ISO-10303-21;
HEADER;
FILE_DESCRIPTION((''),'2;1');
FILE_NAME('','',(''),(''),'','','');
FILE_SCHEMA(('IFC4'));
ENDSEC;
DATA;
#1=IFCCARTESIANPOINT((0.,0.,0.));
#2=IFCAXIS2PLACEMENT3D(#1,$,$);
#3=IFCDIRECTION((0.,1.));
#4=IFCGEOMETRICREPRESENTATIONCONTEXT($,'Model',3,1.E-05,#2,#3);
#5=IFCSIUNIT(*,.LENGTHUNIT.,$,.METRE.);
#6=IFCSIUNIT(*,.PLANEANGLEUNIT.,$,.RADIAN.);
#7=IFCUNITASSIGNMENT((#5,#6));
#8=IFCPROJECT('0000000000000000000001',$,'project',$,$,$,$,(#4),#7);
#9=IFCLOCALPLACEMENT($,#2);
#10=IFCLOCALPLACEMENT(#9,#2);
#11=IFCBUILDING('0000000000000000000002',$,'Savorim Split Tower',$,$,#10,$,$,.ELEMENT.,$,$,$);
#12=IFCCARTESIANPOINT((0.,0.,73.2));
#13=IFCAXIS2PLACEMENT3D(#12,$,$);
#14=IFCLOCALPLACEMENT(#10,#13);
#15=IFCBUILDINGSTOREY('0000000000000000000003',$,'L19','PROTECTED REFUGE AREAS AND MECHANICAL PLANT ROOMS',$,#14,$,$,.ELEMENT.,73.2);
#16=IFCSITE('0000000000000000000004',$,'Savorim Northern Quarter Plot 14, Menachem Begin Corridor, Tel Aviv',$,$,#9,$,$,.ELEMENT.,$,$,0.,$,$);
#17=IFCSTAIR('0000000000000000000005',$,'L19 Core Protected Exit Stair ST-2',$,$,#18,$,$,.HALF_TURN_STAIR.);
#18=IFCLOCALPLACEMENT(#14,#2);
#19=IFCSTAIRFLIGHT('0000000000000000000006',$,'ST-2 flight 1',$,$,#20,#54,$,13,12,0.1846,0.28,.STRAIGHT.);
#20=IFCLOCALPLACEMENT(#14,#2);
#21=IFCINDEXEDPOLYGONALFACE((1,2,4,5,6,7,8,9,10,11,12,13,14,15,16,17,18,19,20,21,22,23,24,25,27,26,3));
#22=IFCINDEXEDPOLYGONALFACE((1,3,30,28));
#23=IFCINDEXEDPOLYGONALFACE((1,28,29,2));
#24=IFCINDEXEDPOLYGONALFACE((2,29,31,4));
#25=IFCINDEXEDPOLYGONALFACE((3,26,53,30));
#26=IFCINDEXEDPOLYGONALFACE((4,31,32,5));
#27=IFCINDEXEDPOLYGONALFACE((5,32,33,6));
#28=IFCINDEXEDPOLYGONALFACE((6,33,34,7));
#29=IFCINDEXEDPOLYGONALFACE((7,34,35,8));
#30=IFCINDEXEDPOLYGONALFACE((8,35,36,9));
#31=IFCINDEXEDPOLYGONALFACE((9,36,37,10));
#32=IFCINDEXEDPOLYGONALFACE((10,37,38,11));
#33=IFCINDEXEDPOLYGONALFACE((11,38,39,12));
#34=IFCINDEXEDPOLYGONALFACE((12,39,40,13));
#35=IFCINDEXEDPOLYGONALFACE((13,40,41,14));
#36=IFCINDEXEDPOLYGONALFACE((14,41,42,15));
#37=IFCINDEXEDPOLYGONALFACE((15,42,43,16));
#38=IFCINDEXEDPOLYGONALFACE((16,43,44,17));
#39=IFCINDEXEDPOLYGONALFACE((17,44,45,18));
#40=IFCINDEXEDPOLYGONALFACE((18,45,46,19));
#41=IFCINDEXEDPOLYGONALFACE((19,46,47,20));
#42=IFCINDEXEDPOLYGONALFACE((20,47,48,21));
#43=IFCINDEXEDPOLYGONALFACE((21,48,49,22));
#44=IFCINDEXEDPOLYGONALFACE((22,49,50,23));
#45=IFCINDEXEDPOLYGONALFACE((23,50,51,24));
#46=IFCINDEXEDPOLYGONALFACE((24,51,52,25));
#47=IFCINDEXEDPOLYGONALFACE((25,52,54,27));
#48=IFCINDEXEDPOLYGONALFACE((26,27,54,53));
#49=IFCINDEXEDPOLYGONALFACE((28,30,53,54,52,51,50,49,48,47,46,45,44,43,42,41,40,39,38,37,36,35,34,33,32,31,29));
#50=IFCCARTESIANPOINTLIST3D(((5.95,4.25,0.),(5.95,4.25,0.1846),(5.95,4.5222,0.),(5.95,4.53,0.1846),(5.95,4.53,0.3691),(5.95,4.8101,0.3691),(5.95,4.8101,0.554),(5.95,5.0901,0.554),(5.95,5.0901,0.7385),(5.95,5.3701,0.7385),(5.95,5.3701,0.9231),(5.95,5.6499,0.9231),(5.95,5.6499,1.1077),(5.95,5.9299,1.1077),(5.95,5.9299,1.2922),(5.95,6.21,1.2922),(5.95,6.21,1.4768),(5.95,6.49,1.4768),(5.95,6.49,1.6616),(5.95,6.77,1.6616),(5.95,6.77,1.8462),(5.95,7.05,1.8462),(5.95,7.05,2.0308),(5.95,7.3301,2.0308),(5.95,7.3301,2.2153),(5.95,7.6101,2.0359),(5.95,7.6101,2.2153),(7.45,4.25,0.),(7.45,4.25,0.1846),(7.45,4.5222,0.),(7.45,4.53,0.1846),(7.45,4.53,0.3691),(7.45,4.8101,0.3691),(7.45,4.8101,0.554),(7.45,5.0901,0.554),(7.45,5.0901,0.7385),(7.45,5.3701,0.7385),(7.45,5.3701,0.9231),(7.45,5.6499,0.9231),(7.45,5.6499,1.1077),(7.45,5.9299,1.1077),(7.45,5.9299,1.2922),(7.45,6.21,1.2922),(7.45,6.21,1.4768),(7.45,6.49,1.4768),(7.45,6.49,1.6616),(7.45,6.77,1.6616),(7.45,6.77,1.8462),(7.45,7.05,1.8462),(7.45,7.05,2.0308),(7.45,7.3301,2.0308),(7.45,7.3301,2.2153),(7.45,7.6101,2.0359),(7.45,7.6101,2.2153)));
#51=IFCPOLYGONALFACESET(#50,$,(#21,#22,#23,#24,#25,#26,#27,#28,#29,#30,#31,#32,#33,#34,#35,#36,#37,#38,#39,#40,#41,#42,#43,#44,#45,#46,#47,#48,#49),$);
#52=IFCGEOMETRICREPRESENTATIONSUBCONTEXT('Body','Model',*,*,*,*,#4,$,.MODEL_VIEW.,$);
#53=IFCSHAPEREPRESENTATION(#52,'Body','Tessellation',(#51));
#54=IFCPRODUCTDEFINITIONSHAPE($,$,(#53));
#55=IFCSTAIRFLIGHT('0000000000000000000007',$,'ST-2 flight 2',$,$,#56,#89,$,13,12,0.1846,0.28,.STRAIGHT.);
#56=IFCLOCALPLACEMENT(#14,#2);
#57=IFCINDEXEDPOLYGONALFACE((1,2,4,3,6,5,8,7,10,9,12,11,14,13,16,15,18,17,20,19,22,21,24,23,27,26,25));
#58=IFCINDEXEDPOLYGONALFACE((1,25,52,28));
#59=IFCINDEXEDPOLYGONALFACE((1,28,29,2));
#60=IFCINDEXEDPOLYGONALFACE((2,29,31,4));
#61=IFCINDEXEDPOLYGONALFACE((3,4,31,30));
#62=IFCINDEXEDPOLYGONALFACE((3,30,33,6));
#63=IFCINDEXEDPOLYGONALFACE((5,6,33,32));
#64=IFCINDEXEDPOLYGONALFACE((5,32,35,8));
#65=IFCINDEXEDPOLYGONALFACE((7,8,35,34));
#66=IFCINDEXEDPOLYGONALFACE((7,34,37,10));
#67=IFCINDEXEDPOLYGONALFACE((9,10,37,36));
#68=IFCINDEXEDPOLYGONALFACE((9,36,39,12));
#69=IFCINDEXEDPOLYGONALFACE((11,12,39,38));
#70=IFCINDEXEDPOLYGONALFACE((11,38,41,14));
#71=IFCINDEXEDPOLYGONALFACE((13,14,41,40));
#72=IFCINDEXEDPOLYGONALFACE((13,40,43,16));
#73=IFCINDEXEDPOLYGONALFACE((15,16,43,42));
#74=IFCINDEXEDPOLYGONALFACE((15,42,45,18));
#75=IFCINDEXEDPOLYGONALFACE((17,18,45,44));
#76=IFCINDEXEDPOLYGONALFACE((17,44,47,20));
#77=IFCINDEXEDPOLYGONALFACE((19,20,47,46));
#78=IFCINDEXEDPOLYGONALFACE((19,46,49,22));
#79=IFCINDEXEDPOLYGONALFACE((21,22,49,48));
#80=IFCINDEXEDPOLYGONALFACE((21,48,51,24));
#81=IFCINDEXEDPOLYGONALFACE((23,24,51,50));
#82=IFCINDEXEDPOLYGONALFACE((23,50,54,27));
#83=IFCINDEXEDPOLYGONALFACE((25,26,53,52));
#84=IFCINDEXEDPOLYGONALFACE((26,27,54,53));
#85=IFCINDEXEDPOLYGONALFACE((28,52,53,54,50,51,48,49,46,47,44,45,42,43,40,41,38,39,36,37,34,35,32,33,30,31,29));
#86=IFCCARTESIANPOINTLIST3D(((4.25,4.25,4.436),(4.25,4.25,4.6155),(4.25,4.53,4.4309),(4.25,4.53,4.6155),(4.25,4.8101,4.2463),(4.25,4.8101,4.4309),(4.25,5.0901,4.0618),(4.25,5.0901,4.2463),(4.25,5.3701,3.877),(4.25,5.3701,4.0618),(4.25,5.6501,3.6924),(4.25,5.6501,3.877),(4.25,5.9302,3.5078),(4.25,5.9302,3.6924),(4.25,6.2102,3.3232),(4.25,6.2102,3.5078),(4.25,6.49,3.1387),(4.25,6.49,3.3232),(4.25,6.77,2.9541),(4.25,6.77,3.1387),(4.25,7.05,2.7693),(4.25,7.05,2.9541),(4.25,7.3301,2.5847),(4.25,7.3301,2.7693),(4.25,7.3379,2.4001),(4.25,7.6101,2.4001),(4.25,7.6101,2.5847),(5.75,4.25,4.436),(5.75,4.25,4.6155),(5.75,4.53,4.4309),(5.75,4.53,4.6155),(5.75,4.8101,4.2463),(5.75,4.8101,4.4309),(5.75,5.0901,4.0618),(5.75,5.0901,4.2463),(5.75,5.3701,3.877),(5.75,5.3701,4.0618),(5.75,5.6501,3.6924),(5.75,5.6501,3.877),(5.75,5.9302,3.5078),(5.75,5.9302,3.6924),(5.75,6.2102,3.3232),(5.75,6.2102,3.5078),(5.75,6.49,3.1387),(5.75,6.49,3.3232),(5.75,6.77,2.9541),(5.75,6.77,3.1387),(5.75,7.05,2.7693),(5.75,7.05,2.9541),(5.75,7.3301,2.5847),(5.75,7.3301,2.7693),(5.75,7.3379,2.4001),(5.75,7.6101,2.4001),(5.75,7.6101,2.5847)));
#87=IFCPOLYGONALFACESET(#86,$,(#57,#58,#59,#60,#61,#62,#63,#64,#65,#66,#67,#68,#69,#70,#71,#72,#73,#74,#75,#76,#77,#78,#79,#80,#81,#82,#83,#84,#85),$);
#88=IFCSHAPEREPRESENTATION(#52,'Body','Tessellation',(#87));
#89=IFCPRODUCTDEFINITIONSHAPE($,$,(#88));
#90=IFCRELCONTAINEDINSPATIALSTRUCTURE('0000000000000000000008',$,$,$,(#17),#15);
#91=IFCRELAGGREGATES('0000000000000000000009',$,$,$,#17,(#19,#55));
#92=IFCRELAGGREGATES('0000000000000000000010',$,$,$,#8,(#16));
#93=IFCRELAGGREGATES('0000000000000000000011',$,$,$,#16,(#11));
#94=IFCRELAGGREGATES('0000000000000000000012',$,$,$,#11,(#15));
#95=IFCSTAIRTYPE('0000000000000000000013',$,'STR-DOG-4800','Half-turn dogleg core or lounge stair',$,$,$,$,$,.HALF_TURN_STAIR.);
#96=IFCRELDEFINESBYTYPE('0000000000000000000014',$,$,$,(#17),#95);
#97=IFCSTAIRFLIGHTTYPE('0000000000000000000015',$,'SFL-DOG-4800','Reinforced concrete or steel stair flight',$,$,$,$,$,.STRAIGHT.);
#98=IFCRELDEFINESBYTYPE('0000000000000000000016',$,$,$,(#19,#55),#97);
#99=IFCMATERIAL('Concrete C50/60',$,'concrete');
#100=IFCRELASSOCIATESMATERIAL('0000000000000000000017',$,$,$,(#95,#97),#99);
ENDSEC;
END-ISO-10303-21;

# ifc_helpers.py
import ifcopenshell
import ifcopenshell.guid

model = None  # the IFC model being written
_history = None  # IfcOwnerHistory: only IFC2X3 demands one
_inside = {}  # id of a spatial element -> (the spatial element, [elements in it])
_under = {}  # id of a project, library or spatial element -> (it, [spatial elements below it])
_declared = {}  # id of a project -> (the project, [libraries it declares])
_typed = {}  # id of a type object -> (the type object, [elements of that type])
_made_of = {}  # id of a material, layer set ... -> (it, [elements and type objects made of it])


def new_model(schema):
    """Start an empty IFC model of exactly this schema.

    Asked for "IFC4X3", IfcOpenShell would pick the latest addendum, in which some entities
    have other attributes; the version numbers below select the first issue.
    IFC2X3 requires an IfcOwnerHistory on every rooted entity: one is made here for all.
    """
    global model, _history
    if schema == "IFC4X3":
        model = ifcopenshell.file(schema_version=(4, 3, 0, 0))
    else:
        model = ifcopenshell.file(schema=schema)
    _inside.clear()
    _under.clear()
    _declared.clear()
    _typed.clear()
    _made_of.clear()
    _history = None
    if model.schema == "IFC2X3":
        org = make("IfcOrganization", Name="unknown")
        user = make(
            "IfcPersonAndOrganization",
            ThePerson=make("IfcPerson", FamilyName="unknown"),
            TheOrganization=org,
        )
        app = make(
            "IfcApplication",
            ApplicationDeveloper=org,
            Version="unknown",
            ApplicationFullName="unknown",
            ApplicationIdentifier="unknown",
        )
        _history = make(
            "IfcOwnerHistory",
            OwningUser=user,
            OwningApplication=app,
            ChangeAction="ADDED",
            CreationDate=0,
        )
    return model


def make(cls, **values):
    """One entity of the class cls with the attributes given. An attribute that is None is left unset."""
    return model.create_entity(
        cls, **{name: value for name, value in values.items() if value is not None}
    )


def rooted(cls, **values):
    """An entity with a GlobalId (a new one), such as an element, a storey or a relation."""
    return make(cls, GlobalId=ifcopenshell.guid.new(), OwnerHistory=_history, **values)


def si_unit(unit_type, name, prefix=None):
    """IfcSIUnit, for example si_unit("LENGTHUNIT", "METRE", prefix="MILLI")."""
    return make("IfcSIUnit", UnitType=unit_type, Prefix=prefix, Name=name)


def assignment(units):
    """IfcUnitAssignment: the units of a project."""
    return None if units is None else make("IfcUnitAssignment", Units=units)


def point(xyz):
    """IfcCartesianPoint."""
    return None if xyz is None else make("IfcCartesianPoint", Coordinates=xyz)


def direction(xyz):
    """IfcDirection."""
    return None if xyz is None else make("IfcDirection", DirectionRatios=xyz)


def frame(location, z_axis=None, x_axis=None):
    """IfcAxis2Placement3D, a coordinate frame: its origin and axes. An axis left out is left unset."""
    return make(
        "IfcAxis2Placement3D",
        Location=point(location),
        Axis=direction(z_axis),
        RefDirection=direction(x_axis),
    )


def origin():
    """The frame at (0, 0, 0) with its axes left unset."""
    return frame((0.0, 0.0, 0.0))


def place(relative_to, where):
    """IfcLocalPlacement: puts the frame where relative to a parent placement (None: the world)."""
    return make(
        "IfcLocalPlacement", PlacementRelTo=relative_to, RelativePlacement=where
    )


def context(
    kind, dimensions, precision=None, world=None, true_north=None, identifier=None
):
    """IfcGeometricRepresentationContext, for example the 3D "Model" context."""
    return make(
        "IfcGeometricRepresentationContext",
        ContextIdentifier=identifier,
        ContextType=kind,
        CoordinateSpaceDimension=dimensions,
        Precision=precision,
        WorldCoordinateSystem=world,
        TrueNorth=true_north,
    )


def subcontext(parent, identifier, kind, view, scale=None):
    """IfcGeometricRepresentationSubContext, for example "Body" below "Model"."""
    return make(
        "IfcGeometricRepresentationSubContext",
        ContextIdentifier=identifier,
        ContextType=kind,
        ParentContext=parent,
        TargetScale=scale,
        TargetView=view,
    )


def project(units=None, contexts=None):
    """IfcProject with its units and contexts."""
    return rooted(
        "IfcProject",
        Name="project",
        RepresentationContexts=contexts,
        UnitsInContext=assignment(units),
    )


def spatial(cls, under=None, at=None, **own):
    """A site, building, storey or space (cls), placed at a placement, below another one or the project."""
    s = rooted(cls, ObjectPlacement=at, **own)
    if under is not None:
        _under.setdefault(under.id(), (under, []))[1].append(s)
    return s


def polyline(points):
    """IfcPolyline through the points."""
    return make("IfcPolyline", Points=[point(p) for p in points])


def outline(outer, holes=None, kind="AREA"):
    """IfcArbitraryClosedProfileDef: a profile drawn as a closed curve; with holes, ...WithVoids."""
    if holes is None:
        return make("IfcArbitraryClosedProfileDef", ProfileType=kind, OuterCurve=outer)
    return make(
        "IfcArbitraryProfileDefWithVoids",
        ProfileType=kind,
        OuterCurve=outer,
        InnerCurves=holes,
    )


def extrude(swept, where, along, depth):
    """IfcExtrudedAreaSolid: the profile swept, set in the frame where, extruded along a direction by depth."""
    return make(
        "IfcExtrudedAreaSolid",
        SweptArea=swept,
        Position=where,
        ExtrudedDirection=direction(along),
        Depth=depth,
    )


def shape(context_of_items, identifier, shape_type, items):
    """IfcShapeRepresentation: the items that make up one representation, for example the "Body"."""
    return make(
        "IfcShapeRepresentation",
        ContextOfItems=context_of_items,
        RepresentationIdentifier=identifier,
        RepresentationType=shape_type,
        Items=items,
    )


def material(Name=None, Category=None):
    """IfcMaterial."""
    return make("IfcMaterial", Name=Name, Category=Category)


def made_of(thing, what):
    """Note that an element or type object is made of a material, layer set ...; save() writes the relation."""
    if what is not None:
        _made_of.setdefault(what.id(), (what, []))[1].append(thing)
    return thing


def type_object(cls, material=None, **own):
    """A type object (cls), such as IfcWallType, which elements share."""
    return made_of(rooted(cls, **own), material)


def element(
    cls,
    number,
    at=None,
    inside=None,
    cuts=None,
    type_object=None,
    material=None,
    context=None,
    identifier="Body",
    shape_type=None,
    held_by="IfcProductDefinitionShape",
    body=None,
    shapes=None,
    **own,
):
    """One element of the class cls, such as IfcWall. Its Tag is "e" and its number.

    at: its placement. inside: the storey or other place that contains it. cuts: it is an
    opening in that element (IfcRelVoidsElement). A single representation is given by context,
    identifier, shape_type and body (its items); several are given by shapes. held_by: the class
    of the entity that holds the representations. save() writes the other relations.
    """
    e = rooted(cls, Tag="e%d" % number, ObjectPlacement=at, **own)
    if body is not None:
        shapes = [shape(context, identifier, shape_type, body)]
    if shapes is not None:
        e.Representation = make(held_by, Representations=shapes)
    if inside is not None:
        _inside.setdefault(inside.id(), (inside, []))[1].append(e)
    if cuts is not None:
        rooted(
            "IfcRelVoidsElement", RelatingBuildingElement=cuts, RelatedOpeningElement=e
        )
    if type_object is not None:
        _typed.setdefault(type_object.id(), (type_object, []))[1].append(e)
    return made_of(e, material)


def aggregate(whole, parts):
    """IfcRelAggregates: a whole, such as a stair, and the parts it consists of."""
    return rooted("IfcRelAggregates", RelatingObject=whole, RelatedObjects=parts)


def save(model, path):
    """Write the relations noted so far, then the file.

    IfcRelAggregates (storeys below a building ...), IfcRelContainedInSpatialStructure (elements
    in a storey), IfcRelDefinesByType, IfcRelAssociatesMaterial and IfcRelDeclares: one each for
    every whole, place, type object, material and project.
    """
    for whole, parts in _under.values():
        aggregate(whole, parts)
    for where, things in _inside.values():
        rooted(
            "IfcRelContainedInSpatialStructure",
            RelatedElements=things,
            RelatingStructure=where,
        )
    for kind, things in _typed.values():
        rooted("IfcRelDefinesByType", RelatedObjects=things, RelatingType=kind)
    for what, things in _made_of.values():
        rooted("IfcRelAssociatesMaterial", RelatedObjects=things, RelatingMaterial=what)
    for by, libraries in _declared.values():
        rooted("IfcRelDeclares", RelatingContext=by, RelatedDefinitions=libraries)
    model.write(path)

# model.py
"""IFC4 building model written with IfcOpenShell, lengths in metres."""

from ifc_helpers import new_model, si_unit, direction, frame, origin, place, context, subcontext, project, spatial, polyline, outline, extrude, material, type_object, element, aggregate, save


model = new_model("IFC4")

# Units and contexts
model_context = context("Model", 3, precision=1e-05, world=origin(), true_north=direction((0.0, 1.0)))
body_context = subcontext(model_context, "Body", "Model", "MODEL_VIEW")
ifc_project = project(units=[si_unit("LENGTHUNIT", "METRE"), si_unit("PLANEANGLEUNIT", "RADIAN")], contexts=[model_context])

# Site, building, storey
site_placement = place(None, origin())
site = spatial("IfcSite", under=ifc_project, at=site_placement, Name="Savorim Northern Quarter Plot 14, Menachem Begin Corridor, Tel Aviv", CompositionType="ELEMENT", RefElevation=0.0)
building_placement = place(site_placement, origin())
building = spatial("IfcBuilding", under=site, at=building_placement, Name="Savorim Split Tower", CompositionType="ELEMENT")
storey_placement = place(building_placement, frame((0.0, 0.0, 73.2)))
storey = spatial("IfcBuildingStorey", under=building, at=storey_placement, Name="L19", Description="PROTECTED REFUGE AREAS AND MECHANICAL PLANT ROOMS", CompositionType="ELEMENT", Elevation=73.2)

# Shared definitions
ifc_material_1 = material(Name="Concrete C50/60", Category="concrete")

# Stair, stair flights
stair_type = type_object("IfcStairType", Name="STR-DOG-4800", Description="Half-turn dogleg core or lounge stair", PredefinedType="HALF_TURN_STAIR", material=ifc_material_1)
stair_placement = place(storey_placement, origin())
stair = element("IfcStair", 1, at=stair_placement, inside=storey, type_object=stair_type, Name="L19 Core Protected Exit Stair ST-2", PredefinedType="HALF_TURN_STAIR")
stair_flight_type = type_object("IfcStairFlightType", Name="SFL-DOG-4800", Description="Reinforced concrete or steel stair flight", PredefinedType="STRAIGHT", material=ifc_material_1)
stair_flight_1_placement = place(storey_placement, frame((6.7, 4.25, 0.0), z_axis=(0.0, 0.0, 1.0), x_axis=(0.0, 1.0, 0.0)))
stair_flight_1 = element("IfcStairFlight", 2, at=stair_flight_1_placement, type_object=stair_flight_type, Name="ST-2 flight 1", NumberOfRisers=13, NumberOfTreads=12, PredefinedType="STRAIGHT", RiserHeight=0.1846, TreadLength=0.28, context=body_context, shape_type="SweptSolid", body=[
    extrude(outline(polyline([(0.0, 0.0), (0.0, 0.1846), (0.28, 0.1846), (0.28, 0.3691), (0.5601, 0.3691), (0.5601, 0.554), (0.8401, 0.554), (0.8401, 0.7385), (1.1201, 0.7385), (1.1201, 0.9231), (1.3999, 0.9231), (1.3999, 1.1077), (1.6799, 1.1077), (1.6799, 1.2922), (1.96, 1.2922), (1.96, 1.4768), (2.24, 1.4768), (2.24, 1.6616), (2.52, 1.6616), (2.52, 1.8462), (2.8, 1.8462), (2.8, 2.0308), (3.0801, 2.0308), (3.0801, 2.2153), (3.3601, 2.2153), (3.3601, 2.3999), (3.3601, 2.0359), (0.2722, 0.0), (0.0, 0.0)])), frame((0.0, 0.75, 0.0), z_axis=(0.0, -1.0, 0.0), x_axis=(1.0, 0.0, 0.0)), (0.0, 0.0, 1.0), 1.5),
])
stair_flight_2_placement = place(storey_placement, frame((5.0, 7.6101, 2.4001), z_axis=(0.0, 0.0, 1.0), x_axis=(0.0, -1.0, 0.0)))
stair_flight_2 = element("IfcStairFlight", 3, at=stair_flight_2_placement, type_object=stair_flight_type, Name="ST-2 flight 2", NumberOfRisers=13, NumberOfTreads=12, PredefinedType="STRAIGHT", RiserHeight=0.1846, TreadLength=0.28, context=body_context, shape_type="SweptSolid", body=[
    extrude(outline(polyline([(0.0, 0.0), (0.0, 0.1846), (0.28, 0.1846), (0.28, 0.3691), (0.5601, 0.3691), (0.5601, 0.554), (0.8401, 0.554), (0.8401, 0.7385), (1.1201, 0.7385), (1.1201, 0.9231), (1.3999, 0.9231), (1.3999, 1.1077), (1.6799, 1.1077), (1.6799, 1.2922), (1.96, 1.2922), (1.96, 1.4768), (2.24, 1.4768), (2.24, 1.6616), (2.52, 1.6616), (2.52, 1.8462), (2.8, 1.8462), (2.8, 2.0308), (3.0801, 2.0308), (3.0801, 2.2153), (3.3601, 2.2153), (3.3601, 2.3999), (3.3601, 2.0359), (0.2722, 0.0), (0.0, 0.0)])), frame((0.0, 0.75, 0.0), z_axis=(0.0, -1.0, 0.0), x_axis=(1.0, 0.0, 0.0)), (0.0, 0.0, 1.0), 1.5),
])
aggregate(stair, [stair_flight_1, stair_flight_2])

save(model, "model.ifc")
